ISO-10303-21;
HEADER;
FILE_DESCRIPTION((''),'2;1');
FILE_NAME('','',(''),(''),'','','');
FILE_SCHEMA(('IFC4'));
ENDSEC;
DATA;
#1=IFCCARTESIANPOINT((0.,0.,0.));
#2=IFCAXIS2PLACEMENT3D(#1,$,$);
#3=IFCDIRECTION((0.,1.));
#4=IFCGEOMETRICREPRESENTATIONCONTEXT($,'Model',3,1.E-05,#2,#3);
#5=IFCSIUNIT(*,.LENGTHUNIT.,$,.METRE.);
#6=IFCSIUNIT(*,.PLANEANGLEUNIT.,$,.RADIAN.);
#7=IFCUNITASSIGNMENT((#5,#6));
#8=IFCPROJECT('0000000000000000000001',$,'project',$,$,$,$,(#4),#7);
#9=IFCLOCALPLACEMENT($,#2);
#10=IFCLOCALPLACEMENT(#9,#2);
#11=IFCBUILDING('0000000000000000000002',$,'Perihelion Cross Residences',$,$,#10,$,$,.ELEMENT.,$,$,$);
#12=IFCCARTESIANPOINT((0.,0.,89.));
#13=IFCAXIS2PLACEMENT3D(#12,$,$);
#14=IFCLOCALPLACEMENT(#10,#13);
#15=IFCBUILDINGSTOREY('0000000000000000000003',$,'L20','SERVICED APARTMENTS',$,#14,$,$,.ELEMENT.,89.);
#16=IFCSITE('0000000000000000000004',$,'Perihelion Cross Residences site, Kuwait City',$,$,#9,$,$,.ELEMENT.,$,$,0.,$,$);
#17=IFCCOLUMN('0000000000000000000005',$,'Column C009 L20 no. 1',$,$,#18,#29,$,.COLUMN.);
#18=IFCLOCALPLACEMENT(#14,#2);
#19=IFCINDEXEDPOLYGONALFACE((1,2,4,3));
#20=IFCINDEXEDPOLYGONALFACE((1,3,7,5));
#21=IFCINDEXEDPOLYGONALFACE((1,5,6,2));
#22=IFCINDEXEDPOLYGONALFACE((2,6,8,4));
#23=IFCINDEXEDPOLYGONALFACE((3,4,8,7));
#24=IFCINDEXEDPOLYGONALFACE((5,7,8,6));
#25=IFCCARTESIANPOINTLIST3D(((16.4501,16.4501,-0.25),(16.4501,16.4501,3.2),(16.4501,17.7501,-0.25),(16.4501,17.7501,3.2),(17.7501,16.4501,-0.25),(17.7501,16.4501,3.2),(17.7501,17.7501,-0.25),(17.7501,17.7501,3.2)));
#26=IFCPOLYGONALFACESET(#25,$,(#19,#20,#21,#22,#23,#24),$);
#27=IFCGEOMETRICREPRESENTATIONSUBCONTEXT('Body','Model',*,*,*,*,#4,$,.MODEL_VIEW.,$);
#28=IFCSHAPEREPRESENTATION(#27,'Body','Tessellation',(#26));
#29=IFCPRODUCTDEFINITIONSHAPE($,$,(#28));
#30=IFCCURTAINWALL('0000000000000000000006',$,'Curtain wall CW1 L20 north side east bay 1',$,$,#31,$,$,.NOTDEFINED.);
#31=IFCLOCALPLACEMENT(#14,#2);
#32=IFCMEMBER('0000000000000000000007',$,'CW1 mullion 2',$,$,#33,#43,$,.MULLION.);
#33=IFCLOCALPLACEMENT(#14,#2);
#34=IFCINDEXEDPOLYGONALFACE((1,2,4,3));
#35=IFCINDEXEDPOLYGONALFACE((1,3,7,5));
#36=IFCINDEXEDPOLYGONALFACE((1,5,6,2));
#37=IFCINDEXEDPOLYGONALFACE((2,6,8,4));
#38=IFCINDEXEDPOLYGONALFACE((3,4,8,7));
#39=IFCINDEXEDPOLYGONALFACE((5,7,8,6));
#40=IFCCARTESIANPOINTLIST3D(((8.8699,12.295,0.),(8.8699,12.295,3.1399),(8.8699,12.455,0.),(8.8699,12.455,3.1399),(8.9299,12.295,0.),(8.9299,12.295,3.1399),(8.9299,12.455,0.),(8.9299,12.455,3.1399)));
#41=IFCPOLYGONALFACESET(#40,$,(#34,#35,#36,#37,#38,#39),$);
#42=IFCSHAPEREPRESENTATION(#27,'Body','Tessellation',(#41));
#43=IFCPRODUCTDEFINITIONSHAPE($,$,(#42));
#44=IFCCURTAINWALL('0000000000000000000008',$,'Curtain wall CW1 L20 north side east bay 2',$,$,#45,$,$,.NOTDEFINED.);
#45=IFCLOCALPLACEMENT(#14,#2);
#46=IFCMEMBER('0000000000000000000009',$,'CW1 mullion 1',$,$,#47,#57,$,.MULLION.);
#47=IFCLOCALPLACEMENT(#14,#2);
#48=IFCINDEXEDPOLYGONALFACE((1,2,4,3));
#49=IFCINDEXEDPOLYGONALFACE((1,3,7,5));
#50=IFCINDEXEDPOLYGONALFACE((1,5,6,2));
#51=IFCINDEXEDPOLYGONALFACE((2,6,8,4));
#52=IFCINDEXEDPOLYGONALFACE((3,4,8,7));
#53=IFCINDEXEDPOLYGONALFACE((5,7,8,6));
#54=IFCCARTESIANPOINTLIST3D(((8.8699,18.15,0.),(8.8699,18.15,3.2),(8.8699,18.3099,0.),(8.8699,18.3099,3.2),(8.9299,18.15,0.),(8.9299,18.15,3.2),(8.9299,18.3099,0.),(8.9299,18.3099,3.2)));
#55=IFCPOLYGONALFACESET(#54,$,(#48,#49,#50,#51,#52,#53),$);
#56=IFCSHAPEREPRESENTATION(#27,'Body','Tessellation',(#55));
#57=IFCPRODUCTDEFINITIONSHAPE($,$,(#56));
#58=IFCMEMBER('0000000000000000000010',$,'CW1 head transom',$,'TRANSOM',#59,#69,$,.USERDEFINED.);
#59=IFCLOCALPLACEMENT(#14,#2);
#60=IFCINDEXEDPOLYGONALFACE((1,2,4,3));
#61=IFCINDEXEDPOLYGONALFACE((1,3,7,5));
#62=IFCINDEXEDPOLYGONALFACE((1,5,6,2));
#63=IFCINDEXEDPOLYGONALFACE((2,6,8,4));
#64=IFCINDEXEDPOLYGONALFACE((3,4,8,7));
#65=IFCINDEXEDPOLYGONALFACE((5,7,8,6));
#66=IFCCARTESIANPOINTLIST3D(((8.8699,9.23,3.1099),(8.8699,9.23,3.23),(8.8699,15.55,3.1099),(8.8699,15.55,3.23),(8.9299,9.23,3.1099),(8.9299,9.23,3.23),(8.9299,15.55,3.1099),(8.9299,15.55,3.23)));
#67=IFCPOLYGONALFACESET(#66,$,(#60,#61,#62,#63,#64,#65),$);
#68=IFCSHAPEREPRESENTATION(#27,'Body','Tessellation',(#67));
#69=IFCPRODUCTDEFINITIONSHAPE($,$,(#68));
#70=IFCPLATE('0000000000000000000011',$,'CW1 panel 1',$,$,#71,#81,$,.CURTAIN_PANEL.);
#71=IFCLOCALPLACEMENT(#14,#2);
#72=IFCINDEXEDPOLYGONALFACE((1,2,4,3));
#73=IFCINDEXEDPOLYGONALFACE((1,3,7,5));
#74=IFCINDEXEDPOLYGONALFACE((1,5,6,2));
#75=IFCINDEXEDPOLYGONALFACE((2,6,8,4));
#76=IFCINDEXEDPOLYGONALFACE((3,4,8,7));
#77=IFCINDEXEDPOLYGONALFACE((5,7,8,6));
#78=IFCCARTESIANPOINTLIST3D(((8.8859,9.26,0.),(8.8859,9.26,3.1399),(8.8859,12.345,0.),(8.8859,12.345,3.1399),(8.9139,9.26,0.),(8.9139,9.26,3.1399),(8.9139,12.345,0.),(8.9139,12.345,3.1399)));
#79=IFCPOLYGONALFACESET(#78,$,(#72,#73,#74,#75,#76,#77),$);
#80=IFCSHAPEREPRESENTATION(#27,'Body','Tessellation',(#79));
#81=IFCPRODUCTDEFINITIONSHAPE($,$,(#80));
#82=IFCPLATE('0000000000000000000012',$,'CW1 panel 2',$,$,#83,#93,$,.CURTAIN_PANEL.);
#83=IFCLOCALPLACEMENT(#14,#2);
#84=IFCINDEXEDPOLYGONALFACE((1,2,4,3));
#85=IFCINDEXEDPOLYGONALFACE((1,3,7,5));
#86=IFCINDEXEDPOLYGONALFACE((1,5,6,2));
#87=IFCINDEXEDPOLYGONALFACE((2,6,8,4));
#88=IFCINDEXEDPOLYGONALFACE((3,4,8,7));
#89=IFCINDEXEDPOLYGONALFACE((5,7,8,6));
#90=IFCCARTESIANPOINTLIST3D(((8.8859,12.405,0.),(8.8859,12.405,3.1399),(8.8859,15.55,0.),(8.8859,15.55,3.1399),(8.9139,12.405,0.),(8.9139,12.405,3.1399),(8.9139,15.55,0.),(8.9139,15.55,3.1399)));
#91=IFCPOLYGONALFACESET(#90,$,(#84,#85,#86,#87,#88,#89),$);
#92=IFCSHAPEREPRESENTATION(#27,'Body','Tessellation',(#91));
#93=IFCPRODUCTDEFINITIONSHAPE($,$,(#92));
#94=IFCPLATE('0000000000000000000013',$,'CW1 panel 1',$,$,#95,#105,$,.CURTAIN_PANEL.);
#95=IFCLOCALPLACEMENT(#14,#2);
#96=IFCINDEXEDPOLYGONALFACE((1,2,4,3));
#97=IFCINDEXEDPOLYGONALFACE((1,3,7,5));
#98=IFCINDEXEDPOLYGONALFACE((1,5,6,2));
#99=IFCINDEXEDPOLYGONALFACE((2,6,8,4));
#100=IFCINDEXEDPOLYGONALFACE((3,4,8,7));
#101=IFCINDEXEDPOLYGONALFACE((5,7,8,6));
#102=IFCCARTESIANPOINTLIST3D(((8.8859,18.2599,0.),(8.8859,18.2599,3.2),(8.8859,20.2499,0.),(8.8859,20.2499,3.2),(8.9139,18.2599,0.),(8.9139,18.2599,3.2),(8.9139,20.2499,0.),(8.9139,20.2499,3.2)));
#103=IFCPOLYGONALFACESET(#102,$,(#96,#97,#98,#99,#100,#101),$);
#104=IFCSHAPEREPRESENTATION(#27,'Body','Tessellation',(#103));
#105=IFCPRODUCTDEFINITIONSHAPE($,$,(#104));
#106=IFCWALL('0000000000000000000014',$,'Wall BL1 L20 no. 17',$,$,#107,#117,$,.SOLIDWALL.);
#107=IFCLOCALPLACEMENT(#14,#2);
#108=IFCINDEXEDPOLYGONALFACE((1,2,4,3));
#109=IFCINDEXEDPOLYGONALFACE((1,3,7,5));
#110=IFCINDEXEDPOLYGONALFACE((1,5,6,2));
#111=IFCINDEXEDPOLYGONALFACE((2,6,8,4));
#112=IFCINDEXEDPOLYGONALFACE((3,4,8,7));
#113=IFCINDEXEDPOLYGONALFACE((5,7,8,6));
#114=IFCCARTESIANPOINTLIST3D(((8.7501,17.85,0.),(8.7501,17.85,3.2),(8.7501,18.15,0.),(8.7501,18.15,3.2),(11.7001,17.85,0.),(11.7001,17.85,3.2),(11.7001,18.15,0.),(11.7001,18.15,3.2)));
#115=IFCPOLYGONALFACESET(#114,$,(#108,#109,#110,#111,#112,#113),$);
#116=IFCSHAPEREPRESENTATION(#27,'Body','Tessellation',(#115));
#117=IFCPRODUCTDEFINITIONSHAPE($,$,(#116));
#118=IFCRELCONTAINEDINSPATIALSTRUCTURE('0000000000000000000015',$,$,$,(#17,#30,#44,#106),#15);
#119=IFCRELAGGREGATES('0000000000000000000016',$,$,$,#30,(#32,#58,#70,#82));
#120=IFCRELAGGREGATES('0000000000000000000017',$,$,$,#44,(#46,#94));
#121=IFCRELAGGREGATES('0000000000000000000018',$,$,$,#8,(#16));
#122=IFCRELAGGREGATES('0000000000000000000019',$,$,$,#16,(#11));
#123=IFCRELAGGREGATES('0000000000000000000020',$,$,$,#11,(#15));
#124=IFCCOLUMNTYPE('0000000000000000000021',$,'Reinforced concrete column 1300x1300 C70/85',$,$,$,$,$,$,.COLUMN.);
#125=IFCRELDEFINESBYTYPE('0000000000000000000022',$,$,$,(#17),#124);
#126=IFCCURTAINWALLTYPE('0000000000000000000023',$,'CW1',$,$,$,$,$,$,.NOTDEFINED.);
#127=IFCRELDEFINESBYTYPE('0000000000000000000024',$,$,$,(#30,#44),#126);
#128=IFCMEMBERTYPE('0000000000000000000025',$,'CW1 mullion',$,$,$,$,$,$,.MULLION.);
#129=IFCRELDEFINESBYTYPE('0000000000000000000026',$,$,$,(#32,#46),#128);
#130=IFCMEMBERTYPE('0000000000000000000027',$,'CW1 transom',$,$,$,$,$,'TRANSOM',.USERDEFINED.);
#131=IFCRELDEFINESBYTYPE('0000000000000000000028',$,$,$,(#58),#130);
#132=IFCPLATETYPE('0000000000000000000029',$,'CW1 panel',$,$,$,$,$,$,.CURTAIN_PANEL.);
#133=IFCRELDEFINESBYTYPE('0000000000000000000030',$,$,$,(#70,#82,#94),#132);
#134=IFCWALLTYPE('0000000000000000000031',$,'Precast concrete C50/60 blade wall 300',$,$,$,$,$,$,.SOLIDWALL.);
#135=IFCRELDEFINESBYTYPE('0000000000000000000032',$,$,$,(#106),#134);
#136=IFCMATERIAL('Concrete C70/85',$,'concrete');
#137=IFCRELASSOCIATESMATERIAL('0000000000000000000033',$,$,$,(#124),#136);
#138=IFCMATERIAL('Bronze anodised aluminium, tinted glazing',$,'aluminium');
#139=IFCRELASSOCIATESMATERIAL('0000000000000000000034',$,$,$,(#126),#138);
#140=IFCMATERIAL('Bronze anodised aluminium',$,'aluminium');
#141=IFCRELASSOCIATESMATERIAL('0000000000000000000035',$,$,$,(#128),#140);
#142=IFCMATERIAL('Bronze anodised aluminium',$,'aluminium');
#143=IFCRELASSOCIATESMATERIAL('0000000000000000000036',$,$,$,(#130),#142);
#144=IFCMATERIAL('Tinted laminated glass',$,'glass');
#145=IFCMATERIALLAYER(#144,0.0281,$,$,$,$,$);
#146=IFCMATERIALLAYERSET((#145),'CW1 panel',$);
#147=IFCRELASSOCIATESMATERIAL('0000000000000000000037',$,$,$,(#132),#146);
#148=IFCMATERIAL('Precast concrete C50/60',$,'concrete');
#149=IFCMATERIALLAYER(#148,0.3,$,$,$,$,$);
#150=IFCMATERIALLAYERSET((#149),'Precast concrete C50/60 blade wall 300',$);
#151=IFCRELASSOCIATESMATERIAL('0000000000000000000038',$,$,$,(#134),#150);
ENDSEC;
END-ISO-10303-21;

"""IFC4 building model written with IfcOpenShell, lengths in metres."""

from ifc_helpers import new_model, si_unit, direction, frame, frame_2d, origin, origin_2d, place, context, subcontext, project, spatial, rectangle, extrude, material, layer, layer_set, material_profile, profile_set, type_object, element, aggregate, save


model = new_model("IFC4")

# Units and contexts
model_context = context("Model", 3, precision=1e-05, world=origin(), true_north=direction((0.0, 1.0)))
body_context = subcontext(model_context, "Body", "Model", "MODEL_VIEW")
ifc_project = project(units=[si_unit("LENGTHUNIT", "METRE"), si_unit("PLANEANGLEUNIT", "RADIAN")], contexts=[model_context])

# Site, building, storey
site_placement = place(None, origin())
site = spatial("IfcSite", under=ifc_project, at=site_placement, Name="Perihelion Cross Residences site, Kuwait City", CompositionType="ELEMENT", RefElevation=0.0)
building_placement = place(site_placement, origin())
building = spatial("IfcBuilding", under=site, at=building_placement, Name="Perihelion Cross Residences", CompositionType="ELEMENT")
storey_placement = place(building_placement, frame((0.0, 0.0, 89.0)))
storey = spatial("IfcBuildingStorey", under=building, at=storey_placement, Name="L20", Description="SERVICED APARTMENTS", CompositionType="ELEMENT", Elevation=89.0)

# Column
ifc_material_1 = material(Name="Concrete C70/85", Category="concrete")
ifc_material_profile_1 = material_profile(ifc_material_1, rectangle(XDim=1.3, YDim=1.3, at=origin_2d()), Name="RC 1300x1300")
ifc_profile_set_1 = profile_set([ifc_material_profile_1], Name="Concrete C70/85")
column_type = type_object("IfcColumnType", Name="Reinforced concrete column 1300x1300 C70/85", PredefinedType="COLUMN", material=ifc_profile_set_1)
column_placement = place(storey_placement, frame((17.1001, 17.1001, -0.25), z_axis=(0.0, 0.0, 1.0), x_axis=(1.0, 0.0, 0.0)))
element("IfcColumn", 1, at=column_placement, inside=storey, type_object=column_type, Name="Column C009 L20 no. 1", PredefinedType="COLUMN", context=body_context, shape_type="SweptSolid", body=[
    extrude(rectangle(XDim=1.3, YDim=1.3, at=origin_2d()), origin(), (0.0, 0.0, 1.0), 3.45),
])

# Curtain walls, members
ifc_material_2 = material(Name="Bronze anodised aluminium, tinted glazing", Category="aluminium")
curtain_wall_type = type_object("IfcCurtainWallType", Name="CW1", PredefinedType="NOTDEFINED", material=ifc_material_2)
curtain_wall_1_placement = place(storey_placement, origin())
curtain_wall_1 = element("IfcCurtainWall", 2, at=curtain_wall_1_placement, inside=storey, type_object=curtain_wall_type, Name="Curtain wall CW1 L20 north side east bay 1", PredefinedType="NOTDEFINED")
ifc_material_3 = material(Name="Bronze anodised aluminium", Category="aluminium")
ifc_material_profile_2 = material_profile(ifc_material_3, rectangle(XDim=0.0601, YDim=0.1599, at=origin_2d()), Name="CW1 mullion")
ifc_profile_set_2 = profile_set([ifc_material_profile_2], Name="Bronze anodised aluminium")
member_type_1 = type_object("IfcMemberType", Name="CW1 mullion", PredefinedType="MULLION", material=ifc_profile_set_2)
member_1_placement = place(storey_placement, frame((8.8999, 12.375, 0.0), z_axis=(0.0, 0.0, 1.0), x_axis=(-1.0, 0.0, 0.0)))
member_1 = element("IfcMember", 3, at=member_1_placement, type_object=member_type_1, Name="CW1 mullion 2", PredefinedType="MULLION", context=body_context, shape_type="SweptSolid", body=[
    extrude(rectangle(XDim=0.0601, YDim=0.1599, at=origin_2d()), origin(), (0.0, 0.0, 1.0), 3.1399),
])
curtain_wall_2_placement = place(storey_placement, origin())
curtain_wall_2 = element("IfcCurtainWall", 4, at=curtain_wall_2_placement, inside=storey, type_object=curtain_wall_type, Name="Curtain wall CW1 L20 north side east bay 2", PredefinedType="NOTDEFINED")
member_2_placement = place(storey_placement, frame((8.8999, 18.23, 0.0), z_axis=(0.0, 0.0, 1.0), x_axis=(-1.0, 0.0, 0.0)))
member_2 = element("IfcMember", 5, at=member_2_placement, type_object=member_type_1, Name="CW1 mullion 1", PredefinedType="MULLION", context=body_context, shape_type="SweptSolid", body=[
    extrude(rectangle(XDim=0.0601, YDim=0.1599, at=origin_2d()), origin(), (0.0, 0.0, 1.0), 3.2),
])

# Member
ifc_material_4 = material(Name="Bronze anodised aluminium", Category="aluminium")
ifc_material_profile_3 = material_profile(ifc_material_4, rectangle(XDim=0.0601, YDim=0.1201, at=origin_2d()), Name="CW1 transom")
ifc_profile_set_3 = profile_set([ifc_material_profile_3], Name="Bronze anodised aluminium")
member_type_2 = type_object("IfcMemberType", Name="CW1 transom", ElementType="TRANSOM", PredefinedType="USERDEFINED", material=ifc_profile_set_3)
member_3_placement = place(storey_placement, frame((8.8999, 9.23, 3.1699), z_axis=(0.0, 1.0, 0.0), x_axis=(-1.0, 0.0, 0.0)))
member_3 = element("IfcMember", 6, at=member_3_placement, type_object=member_type_2, Name="CW1 head transom", ObjectType="TRANSOM", PredefinedType="USERDEFINED", context=body_context, shape_type="SweptSolid", body=[
    extrude(rectangle(XDim=0.0601, YDim=0.1201, at=origin_2d()), origin(), (0.0, 0.0, 1.0), 6.3201),
])

# Plates
ifc_material_5 = material(Name="Tinted laminated glass", Category="glass")
ifc_layer_1 = layer(ifc_material_5, 0.0281)
ifc_layer_set_1 = layer_set([ifc_layer_1], Name="CW1 panel")
plate_type = type_object("IfcPlateType", Name="CW1 panel", PredefinedType="CURTAIN_PANEL", material=ifc_layer_set_1)
plate_1_placement = place(storey_placement, frame((8.8999, 10.8025, 0.0), z_axis=(0.0, 0.0, 1.0), x_axis=(0.0, 1.0, 0.0)))
plate_1 = element("IfcPlate", 7, at=plate_1_placement, type_object=plate_type, Name="CW1 panel 1", PredefinedType="CURTAIN_PANEL", context=body_context, shape_type="SweptSolid", body=[
    extrude(rectangle(XDim=3.085, YDim=0.0281, at=origin_2d()), origin(), (0.0, 0.0, 1.0), 3.1399),
])
plate_2_placement = place(storey_placement, frame((8.8999, 13.9775, 0.0), z_axis=(0.0, 0.0, 1.0), x_axis=(0.0, 1.0, 0.0)))
plate_2 = element("IfcPlate", 8, at=plate_2_placement, type_object=plate_type, Name="CW1 panel 2", PredefinedType="CURTAIN_PANEL", context=body_context, shape_type="SweptSolid", body=[
    extrude(rectangle(XDim=3.145, YDim=0.0281, at=origin_2d()), origin(), (0.0, 0.0, 1.0), 3.1399),
])
aggregate(curtain_wall_1, [member_1, member_3, plate_1, plate_2])
plate_3_placement = place(storey_placement, frame((8.8999, 19.2549, 0.0), z_axis=(0.0, 0.0, 1.0), x_axis=(0.0, 1.0, 0.0)))
plate_3 = element("IfcPlate", 9, at=plate_3_placement, type_object=plate_type, Name="CW1 panel 1", PredefinedType="CURTAIN_PANEL", context=body_context, shape_type="SweptSolid", body=[
    extrude(rectangle(XDim=1.99, YDim=0.0281, at=origin_2d()), origin(), (0.0, 0.0, 1.0), 3.2),
])
aggregate(curtain_wall_2, [member_2, plate_3])

# Wall
ifc_material_6 = material(Name="Precast concrete C50/60", Category="concrete")
ifc_layer_2 = layer(ifc_material_6, 0.3)
ifc_layer_set_2 = layer_set([ifc_layer_2], Name="Precast concrete C50/60 blade wall 300")
wall_type_1 = type_object("IfcWallType", Name="Precast concrete C50/60 blade wall 300", PredefinedType="SOLIDWALL", material=ifc_layer_set_2)
wall_1_placement = place(storey_placement, frame((8.75, 18.0, 0.0), z_axis=(0.0, 0.0, 1.0), x_axis=(1.0, 0.0, 0.0)))
element("IfcWall", 10, at=wall_1_placement, inside=storey, type_object=wall_type_1, Name="Wall BL1 L20 no. 17", PredefinedType="SOLIDWALL", context=body_context, shape_type="SweptSolid", body=[
    extrude(rectangle(XDim=2.95, YDim=0.3, at=frame_2d((1.4751, 0.0))), origin(), (0.0, 0.0, 1.0), 3.2),
])

save(model, "model.ifc")
